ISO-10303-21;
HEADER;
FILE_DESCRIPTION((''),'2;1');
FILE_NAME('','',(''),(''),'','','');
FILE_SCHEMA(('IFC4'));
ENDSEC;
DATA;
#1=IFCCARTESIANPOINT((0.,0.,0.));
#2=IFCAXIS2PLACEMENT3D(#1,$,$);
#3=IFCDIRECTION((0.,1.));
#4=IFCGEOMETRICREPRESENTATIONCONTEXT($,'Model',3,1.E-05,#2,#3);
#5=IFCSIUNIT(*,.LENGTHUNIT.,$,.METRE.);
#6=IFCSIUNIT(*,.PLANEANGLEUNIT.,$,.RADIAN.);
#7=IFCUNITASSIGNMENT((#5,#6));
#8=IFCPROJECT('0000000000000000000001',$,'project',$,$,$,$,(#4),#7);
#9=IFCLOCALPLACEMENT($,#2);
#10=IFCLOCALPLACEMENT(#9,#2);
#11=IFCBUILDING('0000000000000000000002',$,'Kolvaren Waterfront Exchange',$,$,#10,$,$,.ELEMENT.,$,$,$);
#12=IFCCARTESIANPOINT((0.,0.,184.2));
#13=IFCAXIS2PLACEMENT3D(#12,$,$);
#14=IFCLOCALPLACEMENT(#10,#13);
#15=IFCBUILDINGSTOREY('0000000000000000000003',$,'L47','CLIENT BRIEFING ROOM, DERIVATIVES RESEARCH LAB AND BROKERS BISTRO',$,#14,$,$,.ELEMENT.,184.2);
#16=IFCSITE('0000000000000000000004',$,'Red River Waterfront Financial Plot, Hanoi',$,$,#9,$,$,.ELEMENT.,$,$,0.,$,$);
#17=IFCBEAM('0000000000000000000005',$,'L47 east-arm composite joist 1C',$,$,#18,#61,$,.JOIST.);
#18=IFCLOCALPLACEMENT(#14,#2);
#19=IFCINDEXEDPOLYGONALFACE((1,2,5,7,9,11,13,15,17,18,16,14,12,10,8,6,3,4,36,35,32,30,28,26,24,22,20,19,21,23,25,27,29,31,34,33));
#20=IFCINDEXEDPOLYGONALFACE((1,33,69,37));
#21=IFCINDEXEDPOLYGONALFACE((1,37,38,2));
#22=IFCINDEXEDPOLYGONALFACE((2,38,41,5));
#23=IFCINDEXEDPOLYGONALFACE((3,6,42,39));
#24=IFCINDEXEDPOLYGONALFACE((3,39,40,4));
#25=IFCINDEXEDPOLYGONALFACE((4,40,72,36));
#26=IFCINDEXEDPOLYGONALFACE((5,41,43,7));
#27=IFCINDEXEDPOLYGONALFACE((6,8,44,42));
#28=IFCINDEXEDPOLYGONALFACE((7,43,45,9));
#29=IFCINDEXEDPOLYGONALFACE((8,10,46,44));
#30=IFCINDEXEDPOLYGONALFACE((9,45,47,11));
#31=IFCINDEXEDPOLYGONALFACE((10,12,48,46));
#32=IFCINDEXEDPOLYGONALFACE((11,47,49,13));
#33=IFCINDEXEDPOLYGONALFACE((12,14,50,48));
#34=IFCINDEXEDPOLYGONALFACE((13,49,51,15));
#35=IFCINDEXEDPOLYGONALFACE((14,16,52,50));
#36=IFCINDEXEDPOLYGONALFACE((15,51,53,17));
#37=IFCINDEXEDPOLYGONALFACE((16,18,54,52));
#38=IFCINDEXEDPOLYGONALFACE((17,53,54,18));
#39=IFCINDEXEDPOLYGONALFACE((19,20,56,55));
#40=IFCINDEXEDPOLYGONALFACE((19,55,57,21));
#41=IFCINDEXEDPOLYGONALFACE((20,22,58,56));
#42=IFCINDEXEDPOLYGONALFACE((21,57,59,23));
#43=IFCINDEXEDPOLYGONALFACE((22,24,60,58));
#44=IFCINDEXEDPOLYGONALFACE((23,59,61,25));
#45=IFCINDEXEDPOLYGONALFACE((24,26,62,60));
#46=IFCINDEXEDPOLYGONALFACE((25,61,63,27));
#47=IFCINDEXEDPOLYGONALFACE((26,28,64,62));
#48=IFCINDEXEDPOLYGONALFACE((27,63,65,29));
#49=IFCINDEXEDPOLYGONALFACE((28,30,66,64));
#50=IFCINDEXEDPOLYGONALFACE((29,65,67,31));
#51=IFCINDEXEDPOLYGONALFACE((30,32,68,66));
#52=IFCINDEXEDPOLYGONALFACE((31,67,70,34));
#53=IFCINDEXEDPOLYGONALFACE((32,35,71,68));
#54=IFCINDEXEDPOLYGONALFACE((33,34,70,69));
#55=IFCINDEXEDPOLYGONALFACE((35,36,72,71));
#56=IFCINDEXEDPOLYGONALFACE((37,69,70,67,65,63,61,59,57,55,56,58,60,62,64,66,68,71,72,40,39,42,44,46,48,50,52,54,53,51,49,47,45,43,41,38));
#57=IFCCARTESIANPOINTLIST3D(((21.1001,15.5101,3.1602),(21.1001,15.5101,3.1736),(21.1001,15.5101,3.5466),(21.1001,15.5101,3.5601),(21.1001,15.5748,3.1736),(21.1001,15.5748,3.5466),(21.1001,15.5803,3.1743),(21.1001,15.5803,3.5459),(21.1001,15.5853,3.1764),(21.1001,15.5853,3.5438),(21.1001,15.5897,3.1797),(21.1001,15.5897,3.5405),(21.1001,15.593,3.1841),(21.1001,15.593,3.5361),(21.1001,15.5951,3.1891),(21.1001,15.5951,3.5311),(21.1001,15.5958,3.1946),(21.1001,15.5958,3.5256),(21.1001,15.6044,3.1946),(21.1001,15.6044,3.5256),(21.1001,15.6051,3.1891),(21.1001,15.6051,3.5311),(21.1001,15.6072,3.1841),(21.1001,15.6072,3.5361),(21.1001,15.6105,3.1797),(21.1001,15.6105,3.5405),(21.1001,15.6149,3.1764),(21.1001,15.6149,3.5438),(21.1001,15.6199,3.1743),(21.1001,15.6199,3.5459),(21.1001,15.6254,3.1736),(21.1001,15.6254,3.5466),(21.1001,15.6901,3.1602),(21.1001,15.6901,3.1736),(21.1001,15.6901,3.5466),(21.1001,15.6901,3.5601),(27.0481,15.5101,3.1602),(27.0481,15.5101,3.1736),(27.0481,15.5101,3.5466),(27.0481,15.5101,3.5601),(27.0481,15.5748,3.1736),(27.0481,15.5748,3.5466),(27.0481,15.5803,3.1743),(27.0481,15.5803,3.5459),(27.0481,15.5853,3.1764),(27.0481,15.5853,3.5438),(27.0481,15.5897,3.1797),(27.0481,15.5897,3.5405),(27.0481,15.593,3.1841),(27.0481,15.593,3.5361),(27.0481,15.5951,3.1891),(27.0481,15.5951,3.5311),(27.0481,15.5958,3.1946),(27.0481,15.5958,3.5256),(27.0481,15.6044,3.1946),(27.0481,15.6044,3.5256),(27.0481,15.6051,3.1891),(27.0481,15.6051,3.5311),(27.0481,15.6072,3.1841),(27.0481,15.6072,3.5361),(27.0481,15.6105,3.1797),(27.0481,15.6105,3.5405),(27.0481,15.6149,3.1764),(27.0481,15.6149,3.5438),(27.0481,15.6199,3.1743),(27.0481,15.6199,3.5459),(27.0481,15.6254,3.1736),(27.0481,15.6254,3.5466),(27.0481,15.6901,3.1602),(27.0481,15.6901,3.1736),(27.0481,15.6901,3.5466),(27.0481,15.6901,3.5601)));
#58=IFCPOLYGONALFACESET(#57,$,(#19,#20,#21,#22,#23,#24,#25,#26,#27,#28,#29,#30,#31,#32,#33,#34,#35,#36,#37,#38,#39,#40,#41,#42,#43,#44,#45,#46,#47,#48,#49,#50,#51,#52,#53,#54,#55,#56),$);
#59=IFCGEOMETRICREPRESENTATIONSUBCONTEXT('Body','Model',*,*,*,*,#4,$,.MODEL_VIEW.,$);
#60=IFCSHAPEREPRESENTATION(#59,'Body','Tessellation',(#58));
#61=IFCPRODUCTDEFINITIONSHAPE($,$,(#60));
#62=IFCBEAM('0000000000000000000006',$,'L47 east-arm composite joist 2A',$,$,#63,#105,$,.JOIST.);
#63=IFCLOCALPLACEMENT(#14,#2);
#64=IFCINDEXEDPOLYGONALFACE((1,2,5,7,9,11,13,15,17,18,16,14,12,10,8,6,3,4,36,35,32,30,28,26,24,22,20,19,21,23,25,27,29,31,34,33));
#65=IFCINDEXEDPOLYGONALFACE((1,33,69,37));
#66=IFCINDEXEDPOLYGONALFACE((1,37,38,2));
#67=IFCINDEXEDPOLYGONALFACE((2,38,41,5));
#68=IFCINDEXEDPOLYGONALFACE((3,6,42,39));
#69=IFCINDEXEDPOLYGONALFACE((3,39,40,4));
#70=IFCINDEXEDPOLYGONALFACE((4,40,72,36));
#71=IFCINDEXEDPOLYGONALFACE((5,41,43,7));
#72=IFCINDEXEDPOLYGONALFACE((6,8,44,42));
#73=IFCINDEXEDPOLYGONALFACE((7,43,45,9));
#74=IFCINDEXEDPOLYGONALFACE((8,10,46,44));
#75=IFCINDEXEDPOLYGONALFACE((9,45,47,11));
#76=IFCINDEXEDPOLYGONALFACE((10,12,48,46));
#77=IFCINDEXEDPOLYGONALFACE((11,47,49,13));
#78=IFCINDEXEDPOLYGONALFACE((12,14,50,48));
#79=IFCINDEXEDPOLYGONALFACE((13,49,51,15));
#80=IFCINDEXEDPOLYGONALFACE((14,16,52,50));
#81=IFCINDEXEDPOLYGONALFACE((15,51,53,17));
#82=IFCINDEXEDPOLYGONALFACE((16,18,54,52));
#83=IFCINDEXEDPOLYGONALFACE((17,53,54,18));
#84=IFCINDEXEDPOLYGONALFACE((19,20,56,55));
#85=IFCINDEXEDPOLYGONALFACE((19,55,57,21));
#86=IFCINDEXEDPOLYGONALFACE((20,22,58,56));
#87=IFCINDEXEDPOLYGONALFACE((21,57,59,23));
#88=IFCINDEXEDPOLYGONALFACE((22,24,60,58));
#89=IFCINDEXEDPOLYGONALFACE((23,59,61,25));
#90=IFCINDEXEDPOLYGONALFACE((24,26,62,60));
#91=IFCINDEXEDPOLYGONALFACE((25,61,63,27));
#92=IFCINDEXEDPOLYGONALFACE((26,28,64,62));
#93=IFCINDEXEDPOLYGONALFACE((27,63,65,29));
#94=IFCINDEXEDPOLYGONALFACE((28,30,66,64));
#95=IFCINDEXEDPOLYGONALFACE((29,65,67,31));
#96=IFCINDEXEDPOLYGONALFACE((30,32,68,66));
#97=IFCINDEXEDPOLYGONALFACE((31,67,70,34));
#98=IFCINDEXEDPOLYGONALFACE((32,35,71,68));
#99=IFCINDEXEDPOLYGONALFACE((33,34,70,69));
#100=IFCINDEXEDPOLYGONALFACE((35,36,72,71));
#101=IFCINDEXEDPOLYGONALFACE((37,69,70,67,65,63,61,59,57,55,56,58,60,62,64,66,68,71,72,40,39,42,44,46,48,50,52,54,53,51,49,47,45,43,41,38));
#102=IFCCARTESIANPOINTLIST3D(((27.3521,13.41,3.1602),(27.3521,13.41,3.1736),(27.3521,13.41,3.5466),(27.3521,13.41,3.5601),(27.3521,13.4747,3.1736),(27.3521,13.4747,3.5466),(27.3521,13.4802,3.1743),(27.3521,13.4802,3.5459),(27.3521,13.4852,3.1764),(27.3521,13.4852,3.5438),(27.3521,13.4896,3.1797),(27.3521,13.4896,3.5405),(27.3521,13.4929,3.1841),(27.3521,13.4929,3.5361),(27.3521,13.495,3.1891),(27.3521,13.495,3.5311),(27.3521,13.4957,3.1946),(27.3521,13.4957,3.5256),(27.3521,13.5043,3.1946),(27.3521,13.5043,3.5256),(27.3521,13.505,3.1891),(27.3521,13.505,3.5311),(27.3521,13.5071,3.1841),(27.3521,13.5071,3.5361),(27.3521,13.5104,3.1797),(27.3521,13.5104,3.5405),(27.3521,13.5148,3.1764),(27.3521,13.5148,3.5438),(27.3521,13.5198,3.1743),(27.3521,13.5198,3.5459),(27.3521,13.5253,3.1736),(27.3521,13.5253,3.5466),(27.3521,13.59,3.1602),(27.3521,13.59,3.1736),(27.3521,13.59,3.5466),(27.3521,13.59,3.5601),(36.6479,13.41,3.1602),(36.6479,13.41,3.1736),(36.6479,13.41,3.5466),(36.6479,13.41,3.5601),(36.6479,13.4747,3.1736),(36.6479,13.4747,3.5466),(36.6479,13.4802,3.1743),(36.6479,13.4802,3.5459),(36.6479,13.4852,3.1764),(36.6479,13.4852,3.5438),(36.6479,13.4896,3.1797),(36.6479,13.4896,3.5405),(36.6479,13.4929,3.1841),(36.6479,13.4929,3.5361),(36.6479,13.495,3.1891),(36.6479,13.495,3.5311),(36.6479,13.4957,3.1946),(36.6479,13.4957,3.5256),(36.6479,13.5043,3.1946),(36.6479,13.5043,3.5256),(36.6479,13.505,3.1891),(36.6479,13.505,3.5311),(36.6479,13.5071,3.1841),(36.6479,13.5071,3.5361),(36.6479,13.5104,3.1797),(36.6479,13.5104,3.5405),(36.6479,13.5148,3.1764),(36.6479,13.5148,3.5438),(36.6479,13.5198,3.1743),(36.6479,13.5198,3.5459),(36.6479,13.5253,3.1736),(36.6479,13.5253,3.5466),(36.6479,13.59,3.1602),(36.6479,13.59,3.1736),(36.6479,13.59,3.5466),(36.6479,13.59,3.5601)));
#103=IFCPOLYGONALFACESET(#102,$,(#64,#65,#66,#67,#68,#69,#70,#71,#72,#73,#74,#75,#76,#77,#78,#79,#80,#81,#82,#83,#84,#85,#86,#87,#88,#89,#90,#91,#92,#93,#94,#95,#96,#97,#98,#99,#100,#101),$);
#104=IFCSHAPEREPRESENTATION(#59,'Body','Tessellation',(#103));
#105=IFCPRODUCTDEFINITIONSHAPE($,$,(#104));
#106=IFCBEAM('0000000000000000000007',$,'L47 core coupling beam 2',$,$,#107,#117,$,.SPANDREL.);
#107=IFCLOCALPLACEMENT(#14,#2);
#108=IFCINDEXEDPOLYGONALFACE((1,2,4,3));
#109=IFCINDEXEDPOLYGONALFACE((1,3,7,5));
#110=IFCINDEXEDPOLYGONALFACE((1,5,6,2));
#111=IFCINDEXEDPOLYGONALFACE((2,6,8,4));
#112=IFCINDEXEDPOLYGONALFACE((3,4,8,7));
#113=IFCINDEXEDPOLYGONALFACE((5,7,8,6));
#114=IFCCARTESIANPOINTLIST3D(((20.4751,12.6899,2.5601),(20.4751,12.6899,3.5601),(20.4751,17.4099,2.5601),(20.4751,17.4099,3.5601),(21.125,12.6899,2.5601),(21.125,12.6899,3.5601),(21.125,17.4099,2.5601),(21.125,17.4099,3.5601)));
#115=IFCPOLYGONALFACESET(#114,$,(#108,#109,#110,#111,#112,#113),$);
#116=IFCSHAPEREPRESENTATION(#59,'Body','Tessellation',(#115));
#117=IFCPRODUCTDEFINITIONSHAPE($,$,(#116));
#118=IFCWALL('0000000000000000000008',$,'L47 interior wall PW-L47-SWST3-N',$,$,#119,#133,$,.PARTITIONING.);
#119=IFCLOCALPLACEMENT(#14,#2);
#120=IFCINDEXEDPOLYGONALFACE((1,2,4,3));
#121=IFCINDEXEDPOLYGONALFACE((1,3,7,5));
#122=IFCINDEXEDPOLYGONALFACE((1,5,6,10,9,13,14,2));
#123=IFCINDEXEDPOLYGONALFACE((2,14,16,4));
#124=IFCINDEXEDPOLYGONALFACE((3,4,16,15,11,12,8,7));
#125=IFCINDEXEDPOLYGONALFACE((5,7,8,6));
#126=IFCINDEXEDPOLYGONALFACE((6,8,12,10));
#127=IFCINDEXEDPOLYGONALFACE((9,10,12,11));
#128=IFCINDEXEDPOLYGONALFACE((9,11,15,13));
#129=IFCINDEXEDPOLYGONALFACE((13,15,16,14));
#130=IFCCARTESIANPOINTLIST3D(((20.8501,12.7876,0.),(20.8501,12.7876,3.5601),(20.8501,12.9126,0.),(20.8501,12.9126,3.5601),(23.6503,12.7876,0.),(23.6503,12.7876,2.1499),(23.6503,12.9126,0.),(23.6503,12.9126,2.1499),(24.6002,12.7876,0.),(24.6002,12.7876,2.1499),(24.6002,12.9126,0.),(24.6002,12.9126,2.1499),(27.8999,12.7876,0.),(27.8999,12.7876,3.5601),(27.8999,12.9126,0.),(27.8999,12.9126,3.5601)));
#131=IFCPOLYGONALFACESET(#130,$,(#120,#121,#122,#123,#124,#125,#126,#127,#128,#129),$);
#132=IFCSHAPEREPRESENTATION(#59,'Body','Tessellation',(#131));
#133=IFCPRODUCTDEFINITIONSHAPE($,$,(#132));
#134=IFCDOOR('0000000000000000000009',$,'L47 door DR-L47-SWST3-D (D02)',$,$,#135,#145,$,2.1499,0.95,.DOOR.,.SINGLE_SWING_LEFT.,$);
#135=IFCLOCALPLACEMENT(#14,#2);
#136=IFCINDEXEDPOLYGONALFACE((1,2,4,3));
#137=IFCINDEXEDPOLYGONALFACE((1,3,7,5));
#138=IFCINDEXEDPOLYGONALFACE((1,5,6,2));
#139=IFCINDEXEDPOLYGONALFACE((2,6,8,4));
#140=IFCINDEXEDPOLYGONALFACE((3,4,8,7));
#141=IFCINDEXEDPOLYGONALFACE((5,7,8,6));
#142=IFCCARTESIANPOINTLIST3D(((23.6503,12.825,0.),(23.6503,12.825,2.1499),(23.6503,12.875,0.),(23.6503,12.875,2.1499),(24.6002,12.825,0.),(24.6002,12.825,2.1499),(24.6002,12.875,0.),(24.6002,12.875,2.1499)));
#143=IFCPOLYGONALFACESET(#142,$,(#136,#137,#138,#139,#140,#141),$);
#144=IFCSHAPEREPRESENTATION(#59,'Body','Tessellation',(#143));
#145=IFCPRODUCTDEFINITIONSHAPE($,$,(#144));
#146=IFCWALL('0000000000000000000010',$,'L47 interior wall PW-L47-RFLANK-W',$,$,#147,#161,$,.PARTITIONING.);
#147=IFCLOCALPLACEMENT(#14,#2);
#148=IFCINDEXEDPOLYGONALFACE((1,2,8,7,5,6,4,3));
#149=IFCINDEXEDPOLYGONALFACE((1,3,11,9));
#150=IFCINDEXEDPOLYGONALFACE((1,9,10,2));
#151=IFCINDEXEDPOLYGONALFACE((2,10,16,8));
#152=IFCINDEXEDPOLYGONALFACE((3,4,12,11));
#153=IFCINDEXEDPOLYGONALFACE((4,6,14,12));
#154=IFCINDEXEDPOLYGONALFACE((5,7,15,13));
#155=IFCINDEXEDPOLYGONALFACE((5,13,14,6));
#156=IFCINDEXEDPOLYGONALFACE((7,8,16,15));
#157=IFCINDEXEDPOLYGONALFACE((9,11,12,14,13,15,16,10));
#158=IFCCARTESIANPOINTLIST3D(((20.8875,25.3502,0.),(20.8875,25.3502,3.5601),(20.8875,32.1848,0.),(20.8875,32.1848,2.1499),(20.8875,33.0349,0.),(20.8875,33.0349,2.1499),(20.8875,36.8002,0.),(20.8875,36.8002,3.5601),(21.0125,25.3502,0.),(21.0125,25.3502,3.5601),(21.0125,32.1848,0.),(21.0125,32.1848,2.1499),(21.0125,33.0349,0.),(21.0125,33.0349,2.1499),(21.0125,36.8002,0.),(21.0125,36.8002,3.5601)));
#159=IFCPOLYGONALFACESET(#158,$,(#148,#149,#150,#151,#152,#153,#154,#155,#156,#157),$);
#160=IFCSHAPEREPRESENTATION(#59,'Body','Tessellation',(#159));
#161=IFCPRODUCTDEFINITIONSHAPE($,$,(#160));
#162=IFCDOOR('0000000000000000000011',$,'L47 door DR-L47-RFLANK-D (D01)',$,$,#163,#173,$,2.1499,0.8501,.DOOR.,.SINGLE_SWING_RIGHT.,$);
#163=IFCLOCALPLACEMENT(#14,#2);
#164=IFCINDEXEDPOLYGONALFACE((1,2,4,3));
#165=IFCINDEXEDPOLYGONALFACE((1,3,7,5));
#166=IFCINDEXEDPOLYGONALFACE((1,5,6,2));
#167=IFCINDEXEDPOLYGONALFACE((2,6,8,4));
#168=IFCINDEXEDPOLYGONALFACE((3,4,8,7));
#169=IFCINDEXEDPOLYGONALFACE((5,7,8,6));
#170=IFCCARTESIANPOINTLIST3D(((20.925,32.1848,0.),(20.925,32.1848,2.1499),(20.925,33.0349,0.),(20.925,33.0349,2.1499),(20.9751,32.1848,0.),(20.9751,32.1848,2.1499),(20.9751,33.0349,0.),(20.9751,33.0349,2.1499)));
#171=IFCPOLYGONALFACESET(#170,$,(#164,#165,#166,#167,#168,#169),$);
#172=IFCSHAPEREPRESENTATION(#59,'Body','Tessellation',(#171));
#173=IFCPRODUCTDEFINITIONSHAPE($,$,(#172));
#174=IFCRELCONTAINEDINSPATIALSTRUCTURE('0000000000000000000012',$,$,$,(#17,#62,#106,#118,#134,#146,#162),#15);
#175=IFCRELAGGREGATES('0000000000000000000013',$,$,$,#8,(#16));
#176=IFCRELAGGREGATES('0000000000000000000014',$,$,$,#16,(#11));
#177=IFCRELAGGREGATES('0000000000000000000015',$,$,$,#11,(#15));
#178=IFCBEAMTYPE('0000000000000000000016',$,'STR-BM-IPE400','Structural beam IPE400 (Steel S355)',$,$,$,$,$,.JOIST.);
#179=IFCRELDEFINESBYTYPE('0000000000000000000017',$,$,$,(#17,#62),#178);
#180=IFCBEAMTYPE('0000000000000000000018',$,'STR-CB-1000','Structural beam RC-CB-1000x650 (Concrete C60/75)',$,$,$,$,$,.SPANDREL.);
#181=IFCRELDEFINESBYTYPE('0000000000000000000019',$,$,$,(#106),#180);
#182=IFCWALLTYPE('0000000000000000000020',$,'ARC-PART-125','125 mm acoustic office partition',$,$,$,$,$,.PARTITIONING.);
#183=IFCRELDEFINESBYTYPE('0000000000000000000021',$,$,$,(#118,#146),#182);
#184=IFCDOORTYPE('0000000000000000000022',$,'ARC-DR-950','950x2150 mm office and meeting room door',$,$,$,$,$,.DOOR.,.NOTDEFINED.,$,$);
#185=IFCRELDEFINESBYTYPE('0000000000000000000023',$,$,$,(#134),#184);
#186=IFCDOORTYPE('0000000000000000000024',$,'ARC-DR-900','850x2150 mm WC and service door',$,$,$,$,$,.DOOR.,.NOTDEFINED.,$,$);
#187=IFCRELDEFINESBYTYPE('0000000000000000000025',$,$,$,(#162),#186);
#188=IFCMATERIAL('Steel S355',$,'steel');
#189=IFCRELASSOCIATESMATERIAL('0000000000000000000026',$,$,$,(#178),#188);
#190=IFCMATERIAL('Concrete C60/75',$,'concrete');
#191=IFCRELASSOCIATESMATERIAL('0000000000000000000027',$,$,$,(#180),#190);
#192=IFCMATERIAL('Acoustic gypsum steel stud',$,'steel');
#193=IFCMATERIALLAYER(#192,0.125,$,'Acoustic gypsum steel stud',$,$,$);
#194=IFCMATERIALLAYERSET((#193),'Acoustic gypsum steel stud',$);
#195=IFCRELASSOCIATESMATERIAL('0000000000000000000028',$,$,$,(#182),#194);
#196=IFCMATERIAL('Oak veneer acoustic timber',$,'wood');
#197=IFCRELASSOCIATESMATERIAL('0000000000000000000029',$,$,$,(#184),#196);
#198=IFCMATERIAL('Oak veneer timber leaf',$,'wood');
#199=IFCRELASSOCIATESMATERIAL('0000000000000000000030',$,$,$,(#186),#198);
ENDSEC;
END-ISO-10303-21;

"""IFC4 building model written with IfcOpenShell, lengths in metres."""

from ifc_helpers import new_model, si_unit, direction, frame, frame_2d, origin, origin_2d, place, context, subcontext, project, spatial, rectangle, i_section, extrude, material, layer, layer_set, material_profile, profile_set, type_object, element, fill, save


model = new_model("IFC4")

# Units and contexts
model_context = context("Model", 3, precision=1e-05, world=origin(), true_north=direction((0.0, 1.0)))
body_context = subcontext(model_context, "Body", "Model", "MODEL_VIEW")
ifc_project = project(units=[si_unit("LENGTHUNIT", "METRE"), si_unit("PLANEANGLEUNIT", "RADIAN")], contexts=[model_context])

# Site, building, storey
site_placement = place(None, origin())
site = spatial("IfcSite", under=ifc_project, at=site_placement, Name="Red River Waterfront Financial Plot, Hanoi", CompositionType="ELEMENT", RefElevation=0.0)
building_placement = place(site_placement, origin())
building = spatial("IfcBuilding", under=site, at=building_placement, Name="Kolvaren Waterfront Exchange", CompositionType="ELEMENT")
storey_placement = place(building_placement, frame((0.0, 0.0, 184.2)))
storey = spatial("IfcBuildingStorey", under=building, at=storey_placement, Name="L47", Description="CLIENT BRIEFING ROOM, DERIVATIVES RESEARCH LAB AND BROKERS BISTRO", CompositionType="ELEMENT", Elevation=184.2)

# Shared definitions
ifc_material_1 = material(Name="Concrete C60/75", Category="concrete")

# Beams
ifc_material_2 = material(Name="Steel S355", Category="steel")
ifc_material_profile_1 = material_profile(ifc_material_2, i_section(OverallWidth=0.1799, OverallDepth=0.3999, WebThickness=0.0085, FlangeThickness=0.0134, FilletRadius=0.021, at=origin_2d()), Name="IPE400")
ifc_profile_set_1 = profile_set([ifc_material_profile_1], Name="Steel S355")
beam_type_1 = type_object("IfcBeamType", Name="STR-BM-IPE400", Description="Structural beam IPE400 (Steel S355)", PredefinedType="JOIST", material=ifc_profile_set_1)
for number, where, z_axis, x_axis, name in (
    (1, (21.1001, 15.6001, 3.3601), (1.0, 0.0, 0.0), (0.0, 1.0, 0.0), "L47 east-arm composite joist 1C"),
):
    element("IfcBeam", number, at=place(storey_placement, frame(where, z_axis=z_axis, x_axis=x_axis)), inside=storey, type_object=beam_type_1, Name=name, PredefinedType="JOIST", context=body_context, shape_type="SweptSolid", body=[
        extrude(i_section(OverallWidth=0.1799, OverallDepth=0.3999, WebThickness=0.0085, FlangeThickness=0.0134, FilletRadius=0.021, at=origin_2d()), origin(), (0.0, 0.0, 1.0), 5.948),
    ])
beam_1_placement = place(storey_placement, frame((27.3521, 13.5, 3.3601), z_axis=(1.0, 0.0, 0.0), x_axis=(0.0, 1.0, 0.0)))
element("IfcBeam", 2, at=beam_1_placement, inside=storey, type_object=beam_type_1, Name="L47 east-arm composite joist 2A", PredefinedType="JOIST", context=body_context, shape_type="SweptSolid", body=[
    extrude(i_section(OverallWidth=0.1799, OverallDepth=0.3999, WebThickness=0.0085, FlangeThickness=0.0134, FilletRadius=0.021, at=origin_2d()), origin(), (0.0, 0.0, 1.0), 9.2959),
])
ifc_material_profile_2 = material_profile(ifc_material_1, rectangle(XDim=0.6499, YDim=1.0, at=origin_2d()), Name="RC-CB-1000x650")
ifc_profile_set_2 = profile_set([ifc_material_profile_2], Name="Concrete C60/75")
beam_type_2 = type_object("IfcBeamType", Name="STR-CB-1000", Description="Structural beam RC-CB-1000x650 (Concrete C60/75)", PredefinedType="SPANDREL", material=ifc_profile_set_2)
beam_2_placement = place(storey_placement, frame((20.8, 12.6899, 3.0601), z_axis=(0.0, 1.0, 0.0), x_axis=(-1.0, 0.0, 0.0)))
element("IfcBeam", 3, at=beam_2_placement, inside=storey, type_object=beam_type_2, Name="L47 core coupling beam 2", PredefinedType="SPANDREL", context=body_context, shape_type="SweptSolid", body=[
    extrude(rectangle(XDim=0.6499, YDim=1.0, at=origin_2d()), origin(), (0.0, 0.0, 1.0), 4.72),
])

# Walls, openings, doors
ifc_material_3 = material(Name="Acoustic gypsum steel stud", Category="steel")
ifc_layer_1 = layer(ifc_material_3, 0.125, Name="Acoustic gypsum steel stud")
ifc_layer_set_1 = layer_set([ifc_layer_1], Name="Acoustic gypsum steel stud")
wall_type_1 = type_object("IfcWallType", Name="ARC-PART-125", Description="125 mm acoustic office partition", PredefinedType="PARTITIONING", material=ifc_layer_set_1)
wall_1_placement = place(storey_placement, frame((20.8501, 12.8501, 0.0), z_axis=(0.0, 0.0, 1.0), x_axis=(1.0, 0.0, 0.0)))
wall_1 = element("IfcWall", 4, at=wall_1_placement, inside=storey, type_object=wall_type_1, Name="L47 interior wall PW-L47-SWST3-N", PredefinedType="PARTITIONING", context=body_context, shape_type="SweptSolid", body=[
    extrude(rectangle(XDim=7.0498, YDim=0.125, at=frame_2d((3.5249, 0.0))), origin(), (0.0, 0.0, 1.0), 3.5601),
])
opening_1_placement = place(wall_1_placement, frame((2.8, 0.0, 0.0)))
opening_1 = element("IfcOpeningElement", 5, at=opening_1_placement, cuts=wall_1, PredefinedType="OPENING", context=body_context, shape_type="SweptSolid", body=[
    extrude(rectangle(XDim=0.95, YDim=2.1499, at=frame_2d((0.4751, 1.075))), frame((0.0, 0.0725, 0.0), z_axis=(0.0, -1.0, 0.0), x_axis=(1.0, 0.0, 0.0)), (0.0, 0.0, 1.0), 0.145),
])
ifc_material_4 = material(Name="Oak veneer acoustic timber", Category="wood")
door_type_1 = type_object("IfcDoorType", Name="ARC-DR-950", Description="950x2150 mm office and meeting room door", OperationType="NOTDEFINED", PredefinedType="DOOR", material=ifc_material_4)
door_1_placement = place(opening_1_placement, origin())
door_1 = element("IfcDoor", 6, at=door_1_placement, inside=storey, type_object=door_type_1, Name="L47 door DR-L47-SWST3-D (D02)", OperationType="SINGLE_SWING_LEFT", OverallHeight=2.1499, OverallWidth=0.95, PredefinedType="DOOR", context=body_context, shape_type="SweptSolid", body=[
    extrude(rectangle(XDim=0.95, YDim=2.1499, at=frame_2d((0.4751, 1.075))), frame((0.0, 0.0249, 0.0), z_axis=(0.0, -1.0, 0.0), x_axis=(1.0, 0.0, 0.0)), (0.0, 0.0, 1.0), 0.05),
])
fill(opening_1, door_1)
wall_2_placement = place(storey_placement, frame((20.95, 25.3501, 0.0), z_axis=(0.0, 0.0, 1.0), x_axis=(0.0, 1.0, 0.0)))
wall_2 = element("IfcWall", 7, at=wall_2_placement, inside=storey, type_object=wall_type_1, Name="L47 interior wall PW-L47-RFLANK-W", PredefinedType="PARTITIONING", context=body_context, shape_type="SweptSolid", body=[
    extrude(rectangle(XDim=11.45, YDim=0.125, at=frame_2d((5.7251, 0.0))), origin(), (0.0, 0.0, 1.0), 3.5601),
])
opening_2_placement = place(wall_2_placement, frame((6.8347, 0.0, 0.0)))
opening_2 = element("IfcOpeningElement", 8, at=opening_2_placement, cuts=wall_2, PredefinedType="OPENING", context=body_context, shape_type="SweptSolid", body=[
    extrude(rectangle(XDim=0.8501, YDim=2.1499, at=frame_2d((0.425, 1.075))), frame((0.0, 0.0725, 0.0), z_axis=(0.0, -1.0, 0.0), x_axis=(1.0, 0.0, 0.0)), (0.0, 0.0, 1.0), 0.145),
])
ifc_material_5 = material(Name="Oak veneer timber leaf", Category="wood")
door_type_2 = type_object("IfcDoorType", Name="ARC-DR-900", Description="850x2150 mm WC and service door", OperationType="NOTDEFINED", PredefinedType="DOOR", material=ifc_material_5)
door_2_placement = place(opening_2_placement, origin())
door_2 = element("IfcDoor", 9, at=door_2_placement, inside=storey, type_object=door_type_2, Name="L47 door DR-L47-RFLANK-D (D01)", OperationType="SINGLE_SWING_RIGHT", OverallHeight=2.1499, OverallWidth=0.8501, PredefinedType="DOOR", context=body_context, shape_type="SweptSolid", body=[
    extrude(rectangle(XDim=0.8501, YDim=2.1499, at=frame_2d((0.425, 1.075))), frame((0.0, 0.0249, 0.0), z_axis=(0.0, -1.0, 0.0), x_axis=(1.0, 0.0, 0.0)), (0.0, 0.0, 1.0), 0.05),
])
fill(opening_2, door_2)

save(model, "model.ifc")
